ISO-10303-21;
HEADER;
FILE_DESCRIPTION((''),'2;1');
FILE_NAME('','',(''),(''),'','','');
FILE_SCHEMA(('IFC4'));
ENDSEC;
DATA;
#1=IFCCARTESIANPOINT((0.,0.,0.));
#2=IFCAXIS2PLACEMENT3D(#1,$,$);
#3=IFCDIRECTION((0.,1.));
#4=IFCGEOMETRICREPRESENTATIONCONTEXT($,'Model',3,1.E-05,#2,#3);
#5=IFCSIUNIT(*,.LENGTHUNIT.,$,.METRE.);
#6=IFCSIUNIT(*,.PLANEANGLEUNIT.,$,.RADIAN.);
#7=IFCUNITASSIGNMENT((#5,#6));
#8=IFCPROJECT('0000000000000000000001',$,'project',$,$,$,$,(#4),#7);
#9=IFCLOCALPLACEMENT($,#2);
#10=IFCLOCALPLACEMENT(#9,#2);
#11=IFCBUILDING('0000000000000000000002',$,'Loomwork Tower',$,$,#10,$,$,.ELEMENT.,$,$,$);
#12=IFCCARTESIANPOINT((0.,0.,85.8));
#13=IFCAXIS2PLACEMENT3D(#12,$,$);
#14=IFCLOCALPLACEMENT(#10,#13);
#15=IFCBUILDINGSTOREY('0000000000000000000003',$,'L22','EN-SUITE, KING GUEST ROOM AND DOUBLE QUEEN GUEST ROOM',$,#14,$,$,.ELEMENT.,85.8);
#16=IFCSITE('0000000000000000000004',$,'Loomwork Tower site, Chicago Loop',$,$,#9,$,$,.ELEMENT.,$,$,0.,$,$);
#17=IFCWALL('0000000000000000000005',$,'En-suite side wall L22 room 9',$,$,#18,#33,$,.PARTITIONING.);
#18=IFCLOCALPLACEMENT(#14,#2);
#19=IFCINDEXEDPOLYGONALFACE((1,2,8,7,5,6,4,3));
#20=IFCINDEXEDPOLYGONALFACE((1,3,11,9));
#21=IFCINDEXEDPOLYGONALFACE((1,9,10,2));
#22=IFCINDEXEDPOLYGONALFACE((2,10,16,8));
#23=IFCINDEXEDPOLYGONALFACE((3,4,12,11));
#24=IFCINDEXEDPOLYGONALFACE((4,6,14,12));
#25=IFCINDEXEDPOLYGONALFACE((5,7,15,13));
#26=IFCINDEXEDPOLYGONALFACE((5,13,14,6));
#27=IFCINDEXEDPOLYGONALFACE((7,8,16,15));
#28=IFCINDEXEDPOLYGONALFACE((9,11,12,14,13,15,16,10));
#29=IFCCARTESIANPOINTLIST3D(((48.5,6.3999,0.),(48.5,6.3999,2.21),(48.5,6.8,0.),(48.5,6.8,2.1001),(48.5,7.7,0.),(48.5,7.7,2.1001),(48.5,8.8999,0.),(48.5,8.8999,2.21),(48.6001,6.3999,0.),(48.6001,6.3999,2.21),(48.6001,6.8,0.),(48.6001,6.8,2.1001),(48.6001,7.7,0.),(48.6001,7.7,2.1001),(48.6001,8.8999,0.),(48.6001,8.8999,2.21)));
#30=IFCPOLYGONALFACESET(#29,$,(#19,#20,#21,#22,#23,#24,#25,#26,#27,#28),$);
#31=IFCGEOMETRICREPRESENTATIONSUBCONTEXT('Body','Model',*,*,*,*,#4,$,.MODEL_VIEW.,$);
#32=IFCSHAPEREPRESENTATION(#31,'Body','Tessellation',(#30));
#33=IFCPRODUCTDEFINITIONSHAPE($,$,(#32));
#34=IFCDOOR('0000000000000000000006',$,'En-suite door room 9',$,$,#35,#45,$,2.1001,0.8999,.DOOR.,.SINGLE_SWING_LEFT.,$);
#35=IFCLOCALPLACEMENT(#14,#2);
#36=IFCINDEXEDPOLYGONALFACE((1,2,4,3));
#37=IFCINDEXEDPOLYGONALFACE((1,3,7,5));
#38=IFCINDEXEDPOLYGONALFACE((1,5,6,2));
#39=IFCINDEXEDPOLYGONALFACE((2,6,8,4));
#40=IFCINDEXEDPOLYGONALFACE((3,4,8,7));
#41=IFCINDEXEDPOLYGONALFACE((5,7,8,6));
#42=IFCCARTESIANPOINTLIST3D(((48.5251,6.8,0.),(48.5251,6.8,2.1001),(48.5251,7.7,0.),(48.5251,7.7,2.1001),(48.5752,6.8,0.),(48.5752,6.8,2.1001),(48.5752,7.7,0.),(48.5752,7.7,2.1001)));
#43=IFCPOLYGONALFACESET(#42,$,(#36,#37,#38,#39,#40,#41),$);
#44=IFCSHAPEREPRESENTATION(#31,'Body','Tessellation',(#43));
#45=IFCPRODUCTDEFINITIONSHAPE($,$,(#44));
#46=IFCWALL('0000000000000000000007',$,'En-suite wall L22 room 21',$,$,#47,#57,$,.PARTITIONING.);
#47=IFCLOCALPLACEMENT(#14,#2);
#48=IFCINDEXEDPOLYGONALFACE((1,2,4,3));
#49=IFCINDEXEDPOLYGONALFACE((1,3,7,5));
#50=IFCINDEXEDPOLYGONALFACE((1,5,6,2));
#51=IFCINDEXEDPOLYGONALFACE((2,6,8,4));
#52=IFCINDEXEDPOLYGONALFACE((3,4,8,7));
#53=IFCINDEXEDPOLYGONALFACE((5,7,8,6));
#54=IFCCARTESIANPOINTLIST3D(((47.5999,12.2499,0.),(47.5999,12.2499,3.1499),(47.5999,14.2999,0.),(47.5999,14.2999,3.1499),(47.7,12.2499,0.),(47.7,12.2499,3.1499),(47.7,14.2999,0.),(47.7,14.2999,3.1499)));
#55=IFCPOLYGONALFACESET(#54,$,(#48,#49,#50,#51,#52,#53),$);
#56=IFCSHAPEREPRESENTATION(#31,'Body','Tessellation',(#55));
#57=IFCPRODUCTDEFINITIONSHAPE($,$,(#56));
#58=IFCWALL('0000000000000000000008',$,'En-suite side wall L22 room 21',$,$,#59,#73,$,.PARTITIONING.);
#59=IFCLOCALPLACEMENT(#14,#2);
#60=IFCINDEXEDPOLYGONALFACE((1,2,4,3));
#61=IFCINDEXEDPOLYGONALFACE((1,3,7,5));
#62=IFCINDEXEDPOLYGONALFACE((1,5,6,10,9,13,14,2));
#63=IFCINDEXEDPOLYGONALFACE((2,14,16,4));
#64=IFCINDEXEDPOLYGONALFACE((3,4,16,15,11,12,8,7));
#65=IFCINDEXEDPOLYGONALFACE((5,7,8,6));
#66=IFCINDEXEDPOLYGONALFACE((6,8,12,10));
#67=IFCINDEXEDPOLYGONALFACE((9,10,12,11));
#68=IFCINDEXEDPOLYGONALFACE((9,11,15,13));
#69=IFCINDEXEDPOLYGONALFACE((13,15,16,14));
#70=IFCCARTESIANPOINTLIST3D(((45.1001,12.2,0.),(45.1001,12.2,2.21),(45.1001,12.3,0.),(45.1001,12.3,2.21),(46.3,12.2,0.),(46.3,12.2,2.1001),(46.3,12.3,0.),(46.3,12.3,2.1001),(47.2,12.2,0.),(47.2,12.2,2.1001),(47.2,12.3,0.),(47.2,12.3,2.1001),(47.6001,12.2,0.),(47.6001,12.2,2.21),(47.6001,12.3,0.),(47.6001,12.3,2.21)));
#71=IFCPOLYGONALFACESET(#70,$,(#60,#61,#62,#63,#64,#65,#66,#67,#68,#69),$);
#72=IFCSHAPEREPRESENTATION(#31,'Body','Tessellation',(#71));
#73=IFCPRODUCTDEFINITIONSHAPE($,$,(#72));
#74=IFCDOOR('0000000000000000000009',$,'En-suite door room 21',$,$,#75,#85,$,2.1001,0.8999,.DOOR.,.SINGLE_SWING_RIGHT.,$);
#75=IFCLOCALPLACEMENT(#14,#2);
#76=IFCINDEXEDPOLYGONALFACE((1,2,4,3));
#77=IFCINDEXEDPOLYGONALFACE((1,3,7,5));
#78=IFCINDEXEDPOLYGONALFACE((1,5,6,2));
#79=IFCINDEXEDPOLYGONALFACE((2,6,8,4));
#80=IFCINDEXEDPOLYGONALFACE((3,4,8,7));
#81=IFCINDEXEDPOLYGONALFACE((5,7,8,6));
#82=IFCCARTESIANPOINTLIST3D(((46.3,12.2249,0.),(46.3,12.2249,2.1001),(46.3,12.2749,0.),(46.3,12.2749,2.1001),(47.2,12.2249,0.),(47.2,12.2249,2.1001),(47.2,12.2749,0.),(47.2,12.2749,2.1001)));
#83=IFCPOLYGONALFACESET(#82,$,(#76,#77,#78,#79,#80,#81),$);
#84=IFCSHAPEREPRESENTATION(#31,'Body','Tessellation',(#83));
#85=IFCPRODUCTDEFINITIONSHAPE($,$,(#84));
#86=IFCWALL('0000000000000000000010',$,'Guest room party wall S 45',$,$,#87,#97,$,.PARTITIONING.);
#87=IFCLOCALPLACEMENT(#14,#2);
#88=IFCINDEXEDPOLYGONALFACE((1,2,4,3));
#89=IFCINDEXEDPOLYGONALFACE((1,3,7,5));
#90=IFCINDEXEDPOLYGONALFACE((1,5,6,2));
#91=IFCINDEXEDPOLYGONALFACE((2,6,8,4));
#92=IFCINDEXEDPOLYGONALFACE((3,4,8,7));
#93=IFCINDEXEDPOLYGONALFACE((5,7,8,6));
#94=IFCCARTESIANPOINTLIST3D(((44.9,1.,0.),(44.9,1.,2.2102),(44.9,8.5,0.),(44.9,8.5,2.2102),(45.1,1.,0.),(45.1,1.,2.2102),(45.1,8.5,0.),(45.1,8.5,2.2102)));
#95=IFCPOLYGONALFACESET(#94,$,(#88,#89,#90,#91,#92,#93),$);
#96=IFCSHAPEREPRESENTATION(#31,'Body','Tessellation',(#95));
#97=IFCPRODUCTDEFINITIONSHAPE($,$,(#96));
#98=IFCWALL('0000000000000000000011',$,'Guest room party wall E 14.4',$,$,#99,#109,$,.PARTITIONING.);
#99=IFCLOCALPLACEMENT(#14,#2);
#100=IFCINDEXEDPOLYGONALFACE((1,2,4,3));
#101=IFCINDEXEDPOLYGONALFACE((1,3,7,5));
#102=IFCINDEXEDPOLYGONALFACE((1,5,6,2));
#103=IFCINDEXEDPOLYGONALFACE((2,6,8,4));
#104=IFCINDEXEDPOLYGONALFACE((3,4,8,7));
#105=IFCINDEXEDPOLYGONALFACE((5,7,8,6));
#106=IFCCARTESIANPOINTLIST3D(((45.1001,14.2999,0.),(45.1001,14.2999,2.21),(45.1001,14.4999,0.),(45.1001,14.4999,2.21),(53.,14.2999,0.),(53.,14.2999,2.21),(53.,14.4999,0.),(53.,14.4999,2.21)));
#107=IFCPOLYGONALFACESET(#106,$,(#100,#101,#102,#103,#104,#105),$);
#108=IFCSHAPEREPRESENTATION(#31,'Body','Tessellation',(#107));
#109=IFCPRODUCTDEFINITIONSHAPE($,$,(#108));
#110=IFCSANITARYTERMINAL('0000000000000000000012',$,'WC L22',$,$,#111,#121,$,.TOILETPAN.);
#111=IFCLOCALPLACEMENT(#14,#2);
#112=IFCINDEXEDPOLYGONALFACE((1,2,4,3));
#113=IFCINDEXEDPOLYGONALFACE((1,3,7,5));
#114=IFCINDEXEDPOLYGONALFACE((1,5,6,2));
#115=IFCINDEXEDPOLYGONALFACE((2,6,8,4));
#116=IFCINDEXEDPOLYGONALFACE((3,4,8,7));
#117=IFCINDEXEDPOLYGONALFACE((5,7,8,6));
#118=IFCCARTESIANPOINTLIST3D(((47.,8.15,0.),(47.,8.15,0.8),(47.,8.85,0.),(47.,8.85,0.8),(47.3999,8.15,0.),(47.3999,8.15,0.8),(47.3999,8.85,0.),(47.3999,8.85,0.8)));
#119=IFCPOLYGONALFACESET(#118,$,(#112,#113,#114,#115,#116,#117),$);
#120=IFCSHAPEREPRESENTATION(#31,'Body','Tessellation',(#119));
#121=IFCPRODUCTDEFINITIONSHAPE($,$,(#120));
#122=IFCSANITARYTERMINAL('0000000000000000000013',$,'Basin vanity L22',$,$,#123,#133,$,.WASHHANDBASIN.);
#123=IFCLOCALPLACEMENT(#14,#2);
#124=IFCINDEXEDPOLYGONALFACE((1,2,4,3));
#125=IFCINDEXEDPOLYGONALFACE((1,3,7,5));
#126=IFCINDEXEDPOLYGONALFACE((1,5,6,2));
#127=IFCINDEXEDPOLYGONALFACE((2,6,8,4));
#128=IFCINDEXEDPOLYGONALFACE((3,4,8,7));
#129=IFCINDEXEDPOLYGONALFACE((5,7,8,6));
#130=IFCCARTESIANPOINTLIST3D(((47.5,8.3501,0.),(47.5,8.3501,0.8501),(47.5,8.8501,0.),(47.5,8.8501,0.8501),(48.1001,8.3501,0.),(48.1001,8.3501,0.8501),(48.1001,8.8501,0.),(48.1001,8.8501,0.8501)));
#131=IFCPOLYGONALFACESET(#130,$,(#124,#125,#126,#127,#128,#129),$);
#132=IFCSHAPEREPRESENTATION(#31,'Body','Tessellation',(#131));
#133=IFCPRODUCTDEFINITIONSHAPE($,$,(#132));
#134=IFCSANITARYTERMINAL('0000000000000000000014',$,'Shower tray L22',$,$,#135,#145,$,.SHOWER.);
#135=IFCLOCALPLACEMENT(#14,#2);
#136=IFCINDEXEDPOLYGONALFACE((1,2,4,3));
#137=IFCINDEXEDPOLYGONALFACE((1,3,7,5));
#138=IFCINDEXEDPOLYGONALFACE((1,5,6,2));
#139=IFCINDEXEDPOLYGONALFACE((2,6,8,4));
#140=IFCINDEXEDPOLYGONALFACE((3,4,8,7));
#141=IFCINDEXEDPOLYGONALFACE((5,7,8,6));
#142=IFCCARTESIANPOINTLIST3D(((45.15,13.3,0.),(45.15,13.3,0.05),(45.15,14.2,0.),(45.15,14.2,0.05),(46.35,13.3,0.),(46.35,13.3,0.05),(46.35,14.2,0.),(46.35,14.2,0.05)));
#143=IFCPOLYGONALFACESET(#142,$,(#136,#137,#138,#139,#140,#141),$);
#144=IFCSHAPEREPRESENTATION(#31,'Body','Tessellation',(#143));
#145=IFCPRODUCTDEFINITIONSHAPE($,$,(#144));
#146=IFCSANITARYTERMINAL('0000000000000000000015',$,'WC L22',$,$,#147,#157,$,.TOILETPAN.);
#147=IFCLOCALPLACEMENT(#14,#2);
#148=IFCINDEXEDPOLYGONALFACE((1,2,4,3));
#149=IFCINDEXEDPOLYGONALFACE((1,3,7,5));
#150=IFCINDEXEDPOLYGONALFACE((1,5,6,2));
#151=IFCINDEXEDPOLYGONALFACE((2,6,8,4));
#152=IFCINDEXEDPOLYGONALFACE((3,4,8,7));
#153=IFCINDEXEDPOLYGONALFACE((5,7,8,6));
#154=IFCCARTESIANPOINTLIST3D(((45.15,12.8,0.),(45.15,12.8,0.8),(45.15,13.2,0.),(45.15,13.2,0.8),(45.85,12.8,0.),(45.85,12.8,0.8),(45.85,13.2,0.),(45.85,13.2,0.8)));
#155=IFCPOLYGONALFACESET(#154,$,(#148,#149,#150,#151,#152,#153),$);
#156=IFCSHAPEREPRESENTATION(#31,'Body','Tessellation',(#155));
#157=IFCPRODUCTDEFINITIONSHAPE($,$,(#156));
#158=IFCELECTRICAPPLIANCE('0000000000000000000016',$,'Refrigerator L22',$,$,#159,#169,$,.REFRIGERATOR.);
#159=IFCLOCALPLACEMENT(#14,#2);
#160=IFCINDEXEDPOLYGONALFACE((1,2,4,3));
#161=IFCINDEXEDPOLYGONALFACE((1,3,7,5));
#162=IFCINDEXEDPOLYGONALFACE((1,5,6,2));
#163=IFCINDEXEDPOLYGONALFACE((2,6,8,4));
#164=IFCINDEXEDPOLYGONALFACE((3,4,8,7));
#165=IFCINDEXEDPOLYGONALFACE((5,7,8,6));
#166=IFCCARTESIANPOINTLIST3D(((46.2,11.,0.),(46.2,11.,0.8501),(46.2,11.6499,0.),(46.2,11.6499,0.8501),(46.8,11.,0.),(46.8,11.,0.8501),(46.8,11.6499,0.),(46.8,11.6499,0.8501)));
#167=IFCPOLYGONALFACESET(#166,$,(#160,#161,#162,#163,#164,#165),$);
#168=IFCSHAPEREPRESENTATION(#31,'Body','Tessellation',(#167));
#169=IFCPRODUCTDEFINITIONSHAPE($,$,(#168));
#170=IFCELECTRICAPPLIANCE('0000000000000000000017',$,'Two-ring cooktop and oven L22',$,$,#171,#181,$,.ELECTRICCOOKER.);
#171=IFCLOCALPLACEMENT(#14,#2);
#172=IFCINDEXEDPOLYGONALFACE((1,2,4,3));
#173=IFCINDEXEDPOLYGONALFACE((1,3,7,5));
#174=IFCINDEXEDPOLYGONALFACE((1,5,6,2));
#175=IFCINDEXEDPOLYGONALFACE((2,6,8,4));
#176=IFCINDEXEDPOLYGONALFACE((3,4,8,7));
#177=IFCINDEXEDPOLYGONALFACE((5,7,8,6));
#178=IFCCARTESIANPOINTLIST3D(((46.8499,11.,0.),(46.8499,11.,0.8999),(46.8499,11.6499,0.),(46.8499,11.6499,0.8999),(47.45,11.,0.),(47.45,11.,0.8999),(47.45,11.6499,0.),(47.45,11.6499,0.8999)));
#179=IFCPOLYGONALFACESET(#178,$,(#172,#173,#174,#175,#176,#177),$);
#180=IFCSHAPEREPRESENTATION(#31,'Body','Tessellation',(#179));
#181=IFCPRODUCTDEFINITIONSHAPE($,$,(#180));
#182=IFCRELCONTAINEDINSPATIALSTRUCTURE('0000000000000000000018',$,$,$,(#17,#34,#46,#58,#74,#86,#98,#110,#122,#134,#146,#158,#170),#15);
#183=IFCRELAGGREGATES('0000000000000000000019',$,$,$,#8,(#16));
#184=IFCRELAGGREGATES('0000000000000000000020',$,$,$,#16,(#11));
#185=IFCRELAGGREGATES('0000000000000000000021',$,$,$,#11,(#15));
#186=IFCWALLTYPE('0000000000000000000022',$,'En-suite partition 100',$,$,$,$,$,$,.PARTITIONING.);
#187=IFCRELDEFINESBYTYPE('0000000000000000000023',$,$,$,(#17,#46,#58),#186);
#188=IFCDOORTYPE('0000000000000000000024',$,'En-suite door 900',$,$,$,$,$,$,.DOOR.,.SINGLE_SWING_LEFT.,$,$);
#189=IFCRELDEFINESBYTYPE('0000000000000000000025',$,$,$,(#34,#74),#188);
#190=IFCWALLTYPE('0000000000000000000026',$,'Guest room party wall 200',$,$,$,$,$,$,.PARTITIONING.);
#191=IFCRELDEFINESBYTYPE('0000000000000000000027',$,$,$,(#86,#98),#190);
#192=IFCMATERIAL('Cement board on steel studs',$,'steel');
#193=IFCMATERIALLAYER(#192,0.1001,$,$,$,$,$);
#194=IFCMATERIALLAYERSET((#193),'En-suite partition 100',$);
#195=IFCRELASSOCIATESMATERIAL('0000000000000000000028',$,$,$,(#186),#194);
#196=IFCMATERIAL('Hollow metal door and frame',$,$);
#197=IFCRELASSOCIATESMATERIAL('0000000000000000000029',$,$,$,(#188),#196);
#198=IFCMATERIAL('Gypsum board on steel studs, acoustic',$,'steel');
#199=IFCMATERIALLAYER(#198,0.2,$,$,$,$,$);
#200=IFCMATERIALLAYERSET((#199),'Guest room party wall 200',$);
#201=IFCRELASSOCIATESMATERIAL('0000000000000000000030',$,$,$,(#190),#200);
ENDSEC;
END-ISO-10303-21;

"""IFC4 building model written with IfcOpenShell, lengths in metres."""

from ifc_helpers import new_model, si_unit, direction, frame, frame_2d, origin, origin_2d, place, context, subcontext, project, spatial, rectangle, extrude, material, layer, layer_set, type_object, element, fill, save


model = new_model("IFC4")

# Units and contexts
model_context = context("Model", 3, precision=1e-05, world=origin(), true_north=direction((0.0, 1.0)))
body_context = subcontext(model_context, "Body", "Model", "MODEL_VIEW")
ifc_project = project(units=[si_unit("LENGTHUNIT", "METRE"), si_unit("PLANEANGLEUNIT", "RADIAN")], contexts=[model_context])

# Site, building, storey
site_placement = place(None, origin())
site = spatial("IfcSite", under=ifc_project, at=site_placement, Name="Loomwork Tower site, Chicago Loop", CompositionType="ELEMENT", RefElevation=0.0)
building_placement = place(site_placement, origin())
building = spatial("IfcBuilding", under=site, at=building_placement, Name="Loomwork Tower", CompositionType="ELEMENT")
storey_placement = place(building_placement, frame((0.0, 0.0, 85.8)))
storey = spatial("IfcBuildingStorey", under=building, at=storey_placement, Name="L22", Description="EN-SUITE, KING GUEST ROOM AND DOUBLE QUEEN GUEST ROOM", CompositionType="ELEMENT", Elevation=85.8)

# Wall, opening, door
ifc_material_1 = material(Name="Cement board on steel studs", Category="steel")
ifc_layer_1 = layer(ifc_material_1, 0.1001)
ifc_layer_set_1 = layer_set([ifc_layer_1], Name="En-suite partition 100")
wall_type_1 = type_object("IfcWallType", Name="En-suite partition 100", PredefinedType="PARTITIONING", material=ifc_layer_set_1)
wall_1_placement = place(storey_placement, frame((48.55, 8.8999, 0.0), z_axis=(0.0, 0.0, 1.0), x_axis=(0.0, -1.0, 0.0)))
wall_1 = element("IfcWall", 1, at=wall_1_placement, inside=storey, type_object=wall_type_1, Name="En-suite side wall L22 room 9", PredefinedType="PARTITIONING", context=body_context, shape_type="SweptSolid", body=[
    extrude(rectangle(XDim=2.5, YDim=0.1001, at=frame_2d((1.25, 0.0))), origin(), (0.0, 0.0, 1.0), 2.21),
])
opening_1_placement = place(wall_1_placement, frame((1.2, 0.0, 0.0)))
opening_1 = element("IfcOpeningElement", 2, at=opening_1_placement, cuts=wall_1, PredefinedType="OPENING", context=body_context, shape_type="SweptSolid", body=[
    extrude(rectangle(XDim=0.8999, YDim=2.1001, at=frame_2d((0.45, 1.05))), frame((0.0, 0.0601, 0.0), z_axis=(0.0, -1.0, 0.0), x_axis=(1.0, 0.0, 0.0)), (0.0, 0.0, 1.0), 0.1201),
])
ifc_material_2 = material(Name="Hollow metal door and frame")
door_type_1 = type_object("IfcDoorType", Name="En-suite door 900", OperationType="SINGLE_SWING_LEFT", PredefinedType="DOOR", material=ifc_material_2)
door_1_placement = place(opening_1_placement, frame((0.8999, 0.0, 0.0), z_axis=(0.0, 0.0, 1.0), x_axis=(-1.0, 0.0, 0.0)))
door_1 = element("IfcDoor", 3, at=door_1_placement, inside=storey, type_object=door_type_1, Name="En-suite door room 9", OperationType="SINGLE_SWING_LEFT", OverallHeight=2.1001, OverallWidth=0.8999, PredefinedType="DOOR", context=body_context, shape_type="SweptSolid", body=[
    extrude(rectangle(XDim=0.8999, YDim=2.1001, at=frame_2d((0.45, 1.05))), frame((0.0, 0.0249, 0.0), z_axis=(0.0, -1.0, 0.0), x_axis=(1.0, 0.0, 0.0)), (0.0, 0.0, 1.0), 0.05),
])
fill(opening_1, door_1)

# Wall
wall_2_placement = place(storey_placement, frame((47.6499, 12.25, 0.0), z_axis=(0.0, 0.0, 1.0), x_axis=(0.0, 1.0, 0.0)))
element("IfcWall", 4, at=wall_2_placement, inside=storey, type_object=wall_type_1, Name="En-suite wall L22 room 21", PredefinedType="PARTITIONING", context=body_context, shape_type="SweptSolid", body=[
    extrude(rectangle(XDim=2.05, YDim=0.1001, at=frame_2d((1.0249, 0.0))), origin(), (0.0, 0.0, 1.0), 3.1499),
])

# Wall, opening, door
wall_3_placement = place(storey_placement, frame((45.1001, 12.25, 0.0), z_axis=(0.0, 0.0, 1.0), x_axis=(1.0, 0.0, 0.0)))
wall_3 = element("IfcWall", 5, at=wall_3_placement, inside=storey, type_object=wall_type_1, Name="En-suite side wall L22 room 21", PredefinedType="PARTITIONING", context=body_context, shape_type="SweptSolid", body=[
    extrude(rectangle(XDim=2.5, YDim=0.1001, at=frame_2d((1.25, 0.0))), origin(), (0.0, 0.0, 1.0), 2.21),
])
opening_2_placement = place(wall_3_placement, frame((1.2, 0.0, 0.0)))
opening_2 = element("IfcOpeningElement", 6, at=opening_2_placement, cuts=wall_3, PredefinedType="OPENING", context=body_context, shape_type="SweptSolid", body=[
    extrude(rectangle(XDim=0.8999, YDim=2.1001, at=frame_2d((0.45, 1.05))), frame((0.0, 0.0601, 0.0), z_axis=(0.0, -1.0, 0.0), x_axis=(1.0, 0.0, 0.0)), (0.0, 0.0, 1.0), 0.1201),
])
door_2_placement = place(opening_2_placement, origin())
door_2 = element("IfcDoor", 7, at=door_2_placement, inside=storey, type_object=door_type_1, Name="En-suite door room 21", OperationType="SINGLE_SWING_RIGHT", OverallHeight=2.1001, OverallWidth=0.8999, PredefinedType="DOOR", context=body_context, shape_type="SweptSolid", body=[
    extrude(rectangle(XDim=0.8999, YDim=2.1001, at=frame_2d((0.45, 1.05))), frame((0.0, 0.0249, 0.0), z_axis=(0.0, -1.0, 0.0), x_axis=(1.0, 0.0, 0.0)), (0.0, 0.0, 1.0), 0.05),
])
fill(opening_2, door_2)

# Walls
ifc_material_3 = material(Name="Gypsum board on steel studs, acoustic", Category="steel")
ifc_layer_2 = layer(ifc_material_3, 0.2)
ifc_layer_set_2 = layer_set([ifc_layer_2], Name="Guest room party wall 200")
wall_type_2 = type_object("IfcWallType", Name="Guest room party wall 200", PredefinedType="PARTITIONING", material=ifc_layer_set_2)
wall_4_placement = place(storey_placement, frame((45.0, 8.5, 0.0), z_axis=(0.0, 0.0, 1.0), x_axis=(0.0, -1.0, 0.0)))
element("IfcWall", 8, at=wall_4_placement, inside=storey, type_object=wall_type_2, Name="Guest room party wall S 45", PredefinedType="PARTITIONING", context=body_context, shape_type="SweptSolid", body=[
    extrude(rectangle(XDim=7.5, YDim=0.2, at=frame_2d((3.75, 0.0))), origin(), (0.0, 0.0, 1.0), 2.2102),
])
wall_5_placement = place(storey_placement, frame((45.1001, 14.3999, 0.0), z_axis=(0.0, 0.0, 1.0), x_axis=(1.0, 0.0, 0.0)))
element("IfcWall", 9, at=wall_5_placement, inside=storey, type_object=wall_type_2, Name="Guest room party wall E 14.4", PredefinedType="PARTITIONING", context=body_context, shape_type="SweptSolid", body=[
    extrude(rectangle(XDim=7.8999, YDim=0.2, at=frame_2d((3.95, 0.0))), origin(), (0.0, 0.0, 1.0), 2.21),
])

# Sanitary terminals
sanitary_terminal_1_placement = place(storey_placement, frame((47.2, 8.5, 0.0), z_axis=(0.0, 0.0, 1.0), x_axis=(1.0, 0.0, 0.0)))
element("IfcSanitaryTerminal", 10, at=sanitary_terminal_1_placement, inside=storey, Name="WC L22", PredefinedType="TOILETPAN", context=body_context, shape_type="SweptSolid", body=[
    extrude(rectangle(XDim=0.3999, YDim=0.7, at=origin_2d()), origin(), (0.0, 0.0, 1.0), 0.8),
])
sanitary_terminal_2_placement = place(storey_placement, frame((47.8, 8.6001, 0.0), z_axis=(0.0, 0.0, 1.0), x_axis=(1.0, 0.0, 0.0)))
element("IfcSanitaryTerminal", 11, at=sanitary_terminal_2_placement, inside=storey, Name="Basin vanity L22", PredefinedType="WASHHANDBASIN", context=body_context, shape_type="SweptSolid", body=[
    extrude(rectangle(XDim=0.6001, YDim=0.5, at=origin_2d()), origin(), (0.0, 0.0, 1.0), 0.8501),
])
sanitary_terminal_3_placement = place(storey_placement, frame((45.75, 13.75, 0.0), z_axis=(0.0, 0.0, 1.0), x_axis=(1.0, 0.0, 0.0)))
element("IfcSanitaryTerminal", 12, at=sanitary_terminal_3_placement, inside=storey, Name="Shower tray L22", PredefinedType="SHOWER", context=body_context, shape_type="SweptSolid", body=[
    extrude(rectangle(XDim=1.2, YDim=0.8999, at=origin_2d()), origin(), (0.0, 0.0, 1.0), 0.05),
])
sanitary_terminal_4_placement = place(storey_placement, frame((45.5, 13.0, 0.0), z_axis=(0.0, 0.0, 1.0), x_axis=(1.0, 0.0, 0.0)))
element("IfcSanitaryTerminal", 13, at=sanitary_terminal_4_placement, inside=storey, Name="WC L22", PredefinedType="TOILETPAN", context=body_context, shape_type="SweptSolid", body=[
    extrude(rectangle(XDim=0.7, YDim=0.3999, at=origin_2d()), origin(), (0.0, 0.0, 1.0), 0.8),
])

# Electric appliances
electric_appliance_1_placement = place(storey_placement, frame((46.5, 11.325, 0.0), z_axis=(0.0, 0.0, 1.0), x_axis=(1.0, 0.0, 0.0)))
element("IfcElectricAppliance", 14, at=electric_appliance_1_placement, inside=storey, Name="Refrigerator L22", PredefinedType="REFRIGERATOR", context=body_context, shape_type="SweptSolid", body=[
    extrude(rectangle(XDim=0.6001, YDim=0.6499, at=origin_2d()), origin(), (0.0, 0.0, 1.0), 0.8501),
])
electric_appliance_2_placement = place(storey_placement, frame((47.1499, 11.325, 0.0), z_axis=(0.0, 0.0, 1.0), x_axis=(1.0, 0.0, 0.0)))
element("IfcElectricAppliance", 15, at=electric_appliance_2_placement, inside=storey, Name="Two-ring cooktop and oven L22", PredefinedType="ELECTRICCOOKER", context=body_context, shape_type="SweptSolid", body=[
    extrude(rectangle(XDim=0.6001, YDim=0.6499, at=origin_2d()), origin(), (0.0, 0.0, 1.0), 0.8999),
])

save(model, "model.ifc")
